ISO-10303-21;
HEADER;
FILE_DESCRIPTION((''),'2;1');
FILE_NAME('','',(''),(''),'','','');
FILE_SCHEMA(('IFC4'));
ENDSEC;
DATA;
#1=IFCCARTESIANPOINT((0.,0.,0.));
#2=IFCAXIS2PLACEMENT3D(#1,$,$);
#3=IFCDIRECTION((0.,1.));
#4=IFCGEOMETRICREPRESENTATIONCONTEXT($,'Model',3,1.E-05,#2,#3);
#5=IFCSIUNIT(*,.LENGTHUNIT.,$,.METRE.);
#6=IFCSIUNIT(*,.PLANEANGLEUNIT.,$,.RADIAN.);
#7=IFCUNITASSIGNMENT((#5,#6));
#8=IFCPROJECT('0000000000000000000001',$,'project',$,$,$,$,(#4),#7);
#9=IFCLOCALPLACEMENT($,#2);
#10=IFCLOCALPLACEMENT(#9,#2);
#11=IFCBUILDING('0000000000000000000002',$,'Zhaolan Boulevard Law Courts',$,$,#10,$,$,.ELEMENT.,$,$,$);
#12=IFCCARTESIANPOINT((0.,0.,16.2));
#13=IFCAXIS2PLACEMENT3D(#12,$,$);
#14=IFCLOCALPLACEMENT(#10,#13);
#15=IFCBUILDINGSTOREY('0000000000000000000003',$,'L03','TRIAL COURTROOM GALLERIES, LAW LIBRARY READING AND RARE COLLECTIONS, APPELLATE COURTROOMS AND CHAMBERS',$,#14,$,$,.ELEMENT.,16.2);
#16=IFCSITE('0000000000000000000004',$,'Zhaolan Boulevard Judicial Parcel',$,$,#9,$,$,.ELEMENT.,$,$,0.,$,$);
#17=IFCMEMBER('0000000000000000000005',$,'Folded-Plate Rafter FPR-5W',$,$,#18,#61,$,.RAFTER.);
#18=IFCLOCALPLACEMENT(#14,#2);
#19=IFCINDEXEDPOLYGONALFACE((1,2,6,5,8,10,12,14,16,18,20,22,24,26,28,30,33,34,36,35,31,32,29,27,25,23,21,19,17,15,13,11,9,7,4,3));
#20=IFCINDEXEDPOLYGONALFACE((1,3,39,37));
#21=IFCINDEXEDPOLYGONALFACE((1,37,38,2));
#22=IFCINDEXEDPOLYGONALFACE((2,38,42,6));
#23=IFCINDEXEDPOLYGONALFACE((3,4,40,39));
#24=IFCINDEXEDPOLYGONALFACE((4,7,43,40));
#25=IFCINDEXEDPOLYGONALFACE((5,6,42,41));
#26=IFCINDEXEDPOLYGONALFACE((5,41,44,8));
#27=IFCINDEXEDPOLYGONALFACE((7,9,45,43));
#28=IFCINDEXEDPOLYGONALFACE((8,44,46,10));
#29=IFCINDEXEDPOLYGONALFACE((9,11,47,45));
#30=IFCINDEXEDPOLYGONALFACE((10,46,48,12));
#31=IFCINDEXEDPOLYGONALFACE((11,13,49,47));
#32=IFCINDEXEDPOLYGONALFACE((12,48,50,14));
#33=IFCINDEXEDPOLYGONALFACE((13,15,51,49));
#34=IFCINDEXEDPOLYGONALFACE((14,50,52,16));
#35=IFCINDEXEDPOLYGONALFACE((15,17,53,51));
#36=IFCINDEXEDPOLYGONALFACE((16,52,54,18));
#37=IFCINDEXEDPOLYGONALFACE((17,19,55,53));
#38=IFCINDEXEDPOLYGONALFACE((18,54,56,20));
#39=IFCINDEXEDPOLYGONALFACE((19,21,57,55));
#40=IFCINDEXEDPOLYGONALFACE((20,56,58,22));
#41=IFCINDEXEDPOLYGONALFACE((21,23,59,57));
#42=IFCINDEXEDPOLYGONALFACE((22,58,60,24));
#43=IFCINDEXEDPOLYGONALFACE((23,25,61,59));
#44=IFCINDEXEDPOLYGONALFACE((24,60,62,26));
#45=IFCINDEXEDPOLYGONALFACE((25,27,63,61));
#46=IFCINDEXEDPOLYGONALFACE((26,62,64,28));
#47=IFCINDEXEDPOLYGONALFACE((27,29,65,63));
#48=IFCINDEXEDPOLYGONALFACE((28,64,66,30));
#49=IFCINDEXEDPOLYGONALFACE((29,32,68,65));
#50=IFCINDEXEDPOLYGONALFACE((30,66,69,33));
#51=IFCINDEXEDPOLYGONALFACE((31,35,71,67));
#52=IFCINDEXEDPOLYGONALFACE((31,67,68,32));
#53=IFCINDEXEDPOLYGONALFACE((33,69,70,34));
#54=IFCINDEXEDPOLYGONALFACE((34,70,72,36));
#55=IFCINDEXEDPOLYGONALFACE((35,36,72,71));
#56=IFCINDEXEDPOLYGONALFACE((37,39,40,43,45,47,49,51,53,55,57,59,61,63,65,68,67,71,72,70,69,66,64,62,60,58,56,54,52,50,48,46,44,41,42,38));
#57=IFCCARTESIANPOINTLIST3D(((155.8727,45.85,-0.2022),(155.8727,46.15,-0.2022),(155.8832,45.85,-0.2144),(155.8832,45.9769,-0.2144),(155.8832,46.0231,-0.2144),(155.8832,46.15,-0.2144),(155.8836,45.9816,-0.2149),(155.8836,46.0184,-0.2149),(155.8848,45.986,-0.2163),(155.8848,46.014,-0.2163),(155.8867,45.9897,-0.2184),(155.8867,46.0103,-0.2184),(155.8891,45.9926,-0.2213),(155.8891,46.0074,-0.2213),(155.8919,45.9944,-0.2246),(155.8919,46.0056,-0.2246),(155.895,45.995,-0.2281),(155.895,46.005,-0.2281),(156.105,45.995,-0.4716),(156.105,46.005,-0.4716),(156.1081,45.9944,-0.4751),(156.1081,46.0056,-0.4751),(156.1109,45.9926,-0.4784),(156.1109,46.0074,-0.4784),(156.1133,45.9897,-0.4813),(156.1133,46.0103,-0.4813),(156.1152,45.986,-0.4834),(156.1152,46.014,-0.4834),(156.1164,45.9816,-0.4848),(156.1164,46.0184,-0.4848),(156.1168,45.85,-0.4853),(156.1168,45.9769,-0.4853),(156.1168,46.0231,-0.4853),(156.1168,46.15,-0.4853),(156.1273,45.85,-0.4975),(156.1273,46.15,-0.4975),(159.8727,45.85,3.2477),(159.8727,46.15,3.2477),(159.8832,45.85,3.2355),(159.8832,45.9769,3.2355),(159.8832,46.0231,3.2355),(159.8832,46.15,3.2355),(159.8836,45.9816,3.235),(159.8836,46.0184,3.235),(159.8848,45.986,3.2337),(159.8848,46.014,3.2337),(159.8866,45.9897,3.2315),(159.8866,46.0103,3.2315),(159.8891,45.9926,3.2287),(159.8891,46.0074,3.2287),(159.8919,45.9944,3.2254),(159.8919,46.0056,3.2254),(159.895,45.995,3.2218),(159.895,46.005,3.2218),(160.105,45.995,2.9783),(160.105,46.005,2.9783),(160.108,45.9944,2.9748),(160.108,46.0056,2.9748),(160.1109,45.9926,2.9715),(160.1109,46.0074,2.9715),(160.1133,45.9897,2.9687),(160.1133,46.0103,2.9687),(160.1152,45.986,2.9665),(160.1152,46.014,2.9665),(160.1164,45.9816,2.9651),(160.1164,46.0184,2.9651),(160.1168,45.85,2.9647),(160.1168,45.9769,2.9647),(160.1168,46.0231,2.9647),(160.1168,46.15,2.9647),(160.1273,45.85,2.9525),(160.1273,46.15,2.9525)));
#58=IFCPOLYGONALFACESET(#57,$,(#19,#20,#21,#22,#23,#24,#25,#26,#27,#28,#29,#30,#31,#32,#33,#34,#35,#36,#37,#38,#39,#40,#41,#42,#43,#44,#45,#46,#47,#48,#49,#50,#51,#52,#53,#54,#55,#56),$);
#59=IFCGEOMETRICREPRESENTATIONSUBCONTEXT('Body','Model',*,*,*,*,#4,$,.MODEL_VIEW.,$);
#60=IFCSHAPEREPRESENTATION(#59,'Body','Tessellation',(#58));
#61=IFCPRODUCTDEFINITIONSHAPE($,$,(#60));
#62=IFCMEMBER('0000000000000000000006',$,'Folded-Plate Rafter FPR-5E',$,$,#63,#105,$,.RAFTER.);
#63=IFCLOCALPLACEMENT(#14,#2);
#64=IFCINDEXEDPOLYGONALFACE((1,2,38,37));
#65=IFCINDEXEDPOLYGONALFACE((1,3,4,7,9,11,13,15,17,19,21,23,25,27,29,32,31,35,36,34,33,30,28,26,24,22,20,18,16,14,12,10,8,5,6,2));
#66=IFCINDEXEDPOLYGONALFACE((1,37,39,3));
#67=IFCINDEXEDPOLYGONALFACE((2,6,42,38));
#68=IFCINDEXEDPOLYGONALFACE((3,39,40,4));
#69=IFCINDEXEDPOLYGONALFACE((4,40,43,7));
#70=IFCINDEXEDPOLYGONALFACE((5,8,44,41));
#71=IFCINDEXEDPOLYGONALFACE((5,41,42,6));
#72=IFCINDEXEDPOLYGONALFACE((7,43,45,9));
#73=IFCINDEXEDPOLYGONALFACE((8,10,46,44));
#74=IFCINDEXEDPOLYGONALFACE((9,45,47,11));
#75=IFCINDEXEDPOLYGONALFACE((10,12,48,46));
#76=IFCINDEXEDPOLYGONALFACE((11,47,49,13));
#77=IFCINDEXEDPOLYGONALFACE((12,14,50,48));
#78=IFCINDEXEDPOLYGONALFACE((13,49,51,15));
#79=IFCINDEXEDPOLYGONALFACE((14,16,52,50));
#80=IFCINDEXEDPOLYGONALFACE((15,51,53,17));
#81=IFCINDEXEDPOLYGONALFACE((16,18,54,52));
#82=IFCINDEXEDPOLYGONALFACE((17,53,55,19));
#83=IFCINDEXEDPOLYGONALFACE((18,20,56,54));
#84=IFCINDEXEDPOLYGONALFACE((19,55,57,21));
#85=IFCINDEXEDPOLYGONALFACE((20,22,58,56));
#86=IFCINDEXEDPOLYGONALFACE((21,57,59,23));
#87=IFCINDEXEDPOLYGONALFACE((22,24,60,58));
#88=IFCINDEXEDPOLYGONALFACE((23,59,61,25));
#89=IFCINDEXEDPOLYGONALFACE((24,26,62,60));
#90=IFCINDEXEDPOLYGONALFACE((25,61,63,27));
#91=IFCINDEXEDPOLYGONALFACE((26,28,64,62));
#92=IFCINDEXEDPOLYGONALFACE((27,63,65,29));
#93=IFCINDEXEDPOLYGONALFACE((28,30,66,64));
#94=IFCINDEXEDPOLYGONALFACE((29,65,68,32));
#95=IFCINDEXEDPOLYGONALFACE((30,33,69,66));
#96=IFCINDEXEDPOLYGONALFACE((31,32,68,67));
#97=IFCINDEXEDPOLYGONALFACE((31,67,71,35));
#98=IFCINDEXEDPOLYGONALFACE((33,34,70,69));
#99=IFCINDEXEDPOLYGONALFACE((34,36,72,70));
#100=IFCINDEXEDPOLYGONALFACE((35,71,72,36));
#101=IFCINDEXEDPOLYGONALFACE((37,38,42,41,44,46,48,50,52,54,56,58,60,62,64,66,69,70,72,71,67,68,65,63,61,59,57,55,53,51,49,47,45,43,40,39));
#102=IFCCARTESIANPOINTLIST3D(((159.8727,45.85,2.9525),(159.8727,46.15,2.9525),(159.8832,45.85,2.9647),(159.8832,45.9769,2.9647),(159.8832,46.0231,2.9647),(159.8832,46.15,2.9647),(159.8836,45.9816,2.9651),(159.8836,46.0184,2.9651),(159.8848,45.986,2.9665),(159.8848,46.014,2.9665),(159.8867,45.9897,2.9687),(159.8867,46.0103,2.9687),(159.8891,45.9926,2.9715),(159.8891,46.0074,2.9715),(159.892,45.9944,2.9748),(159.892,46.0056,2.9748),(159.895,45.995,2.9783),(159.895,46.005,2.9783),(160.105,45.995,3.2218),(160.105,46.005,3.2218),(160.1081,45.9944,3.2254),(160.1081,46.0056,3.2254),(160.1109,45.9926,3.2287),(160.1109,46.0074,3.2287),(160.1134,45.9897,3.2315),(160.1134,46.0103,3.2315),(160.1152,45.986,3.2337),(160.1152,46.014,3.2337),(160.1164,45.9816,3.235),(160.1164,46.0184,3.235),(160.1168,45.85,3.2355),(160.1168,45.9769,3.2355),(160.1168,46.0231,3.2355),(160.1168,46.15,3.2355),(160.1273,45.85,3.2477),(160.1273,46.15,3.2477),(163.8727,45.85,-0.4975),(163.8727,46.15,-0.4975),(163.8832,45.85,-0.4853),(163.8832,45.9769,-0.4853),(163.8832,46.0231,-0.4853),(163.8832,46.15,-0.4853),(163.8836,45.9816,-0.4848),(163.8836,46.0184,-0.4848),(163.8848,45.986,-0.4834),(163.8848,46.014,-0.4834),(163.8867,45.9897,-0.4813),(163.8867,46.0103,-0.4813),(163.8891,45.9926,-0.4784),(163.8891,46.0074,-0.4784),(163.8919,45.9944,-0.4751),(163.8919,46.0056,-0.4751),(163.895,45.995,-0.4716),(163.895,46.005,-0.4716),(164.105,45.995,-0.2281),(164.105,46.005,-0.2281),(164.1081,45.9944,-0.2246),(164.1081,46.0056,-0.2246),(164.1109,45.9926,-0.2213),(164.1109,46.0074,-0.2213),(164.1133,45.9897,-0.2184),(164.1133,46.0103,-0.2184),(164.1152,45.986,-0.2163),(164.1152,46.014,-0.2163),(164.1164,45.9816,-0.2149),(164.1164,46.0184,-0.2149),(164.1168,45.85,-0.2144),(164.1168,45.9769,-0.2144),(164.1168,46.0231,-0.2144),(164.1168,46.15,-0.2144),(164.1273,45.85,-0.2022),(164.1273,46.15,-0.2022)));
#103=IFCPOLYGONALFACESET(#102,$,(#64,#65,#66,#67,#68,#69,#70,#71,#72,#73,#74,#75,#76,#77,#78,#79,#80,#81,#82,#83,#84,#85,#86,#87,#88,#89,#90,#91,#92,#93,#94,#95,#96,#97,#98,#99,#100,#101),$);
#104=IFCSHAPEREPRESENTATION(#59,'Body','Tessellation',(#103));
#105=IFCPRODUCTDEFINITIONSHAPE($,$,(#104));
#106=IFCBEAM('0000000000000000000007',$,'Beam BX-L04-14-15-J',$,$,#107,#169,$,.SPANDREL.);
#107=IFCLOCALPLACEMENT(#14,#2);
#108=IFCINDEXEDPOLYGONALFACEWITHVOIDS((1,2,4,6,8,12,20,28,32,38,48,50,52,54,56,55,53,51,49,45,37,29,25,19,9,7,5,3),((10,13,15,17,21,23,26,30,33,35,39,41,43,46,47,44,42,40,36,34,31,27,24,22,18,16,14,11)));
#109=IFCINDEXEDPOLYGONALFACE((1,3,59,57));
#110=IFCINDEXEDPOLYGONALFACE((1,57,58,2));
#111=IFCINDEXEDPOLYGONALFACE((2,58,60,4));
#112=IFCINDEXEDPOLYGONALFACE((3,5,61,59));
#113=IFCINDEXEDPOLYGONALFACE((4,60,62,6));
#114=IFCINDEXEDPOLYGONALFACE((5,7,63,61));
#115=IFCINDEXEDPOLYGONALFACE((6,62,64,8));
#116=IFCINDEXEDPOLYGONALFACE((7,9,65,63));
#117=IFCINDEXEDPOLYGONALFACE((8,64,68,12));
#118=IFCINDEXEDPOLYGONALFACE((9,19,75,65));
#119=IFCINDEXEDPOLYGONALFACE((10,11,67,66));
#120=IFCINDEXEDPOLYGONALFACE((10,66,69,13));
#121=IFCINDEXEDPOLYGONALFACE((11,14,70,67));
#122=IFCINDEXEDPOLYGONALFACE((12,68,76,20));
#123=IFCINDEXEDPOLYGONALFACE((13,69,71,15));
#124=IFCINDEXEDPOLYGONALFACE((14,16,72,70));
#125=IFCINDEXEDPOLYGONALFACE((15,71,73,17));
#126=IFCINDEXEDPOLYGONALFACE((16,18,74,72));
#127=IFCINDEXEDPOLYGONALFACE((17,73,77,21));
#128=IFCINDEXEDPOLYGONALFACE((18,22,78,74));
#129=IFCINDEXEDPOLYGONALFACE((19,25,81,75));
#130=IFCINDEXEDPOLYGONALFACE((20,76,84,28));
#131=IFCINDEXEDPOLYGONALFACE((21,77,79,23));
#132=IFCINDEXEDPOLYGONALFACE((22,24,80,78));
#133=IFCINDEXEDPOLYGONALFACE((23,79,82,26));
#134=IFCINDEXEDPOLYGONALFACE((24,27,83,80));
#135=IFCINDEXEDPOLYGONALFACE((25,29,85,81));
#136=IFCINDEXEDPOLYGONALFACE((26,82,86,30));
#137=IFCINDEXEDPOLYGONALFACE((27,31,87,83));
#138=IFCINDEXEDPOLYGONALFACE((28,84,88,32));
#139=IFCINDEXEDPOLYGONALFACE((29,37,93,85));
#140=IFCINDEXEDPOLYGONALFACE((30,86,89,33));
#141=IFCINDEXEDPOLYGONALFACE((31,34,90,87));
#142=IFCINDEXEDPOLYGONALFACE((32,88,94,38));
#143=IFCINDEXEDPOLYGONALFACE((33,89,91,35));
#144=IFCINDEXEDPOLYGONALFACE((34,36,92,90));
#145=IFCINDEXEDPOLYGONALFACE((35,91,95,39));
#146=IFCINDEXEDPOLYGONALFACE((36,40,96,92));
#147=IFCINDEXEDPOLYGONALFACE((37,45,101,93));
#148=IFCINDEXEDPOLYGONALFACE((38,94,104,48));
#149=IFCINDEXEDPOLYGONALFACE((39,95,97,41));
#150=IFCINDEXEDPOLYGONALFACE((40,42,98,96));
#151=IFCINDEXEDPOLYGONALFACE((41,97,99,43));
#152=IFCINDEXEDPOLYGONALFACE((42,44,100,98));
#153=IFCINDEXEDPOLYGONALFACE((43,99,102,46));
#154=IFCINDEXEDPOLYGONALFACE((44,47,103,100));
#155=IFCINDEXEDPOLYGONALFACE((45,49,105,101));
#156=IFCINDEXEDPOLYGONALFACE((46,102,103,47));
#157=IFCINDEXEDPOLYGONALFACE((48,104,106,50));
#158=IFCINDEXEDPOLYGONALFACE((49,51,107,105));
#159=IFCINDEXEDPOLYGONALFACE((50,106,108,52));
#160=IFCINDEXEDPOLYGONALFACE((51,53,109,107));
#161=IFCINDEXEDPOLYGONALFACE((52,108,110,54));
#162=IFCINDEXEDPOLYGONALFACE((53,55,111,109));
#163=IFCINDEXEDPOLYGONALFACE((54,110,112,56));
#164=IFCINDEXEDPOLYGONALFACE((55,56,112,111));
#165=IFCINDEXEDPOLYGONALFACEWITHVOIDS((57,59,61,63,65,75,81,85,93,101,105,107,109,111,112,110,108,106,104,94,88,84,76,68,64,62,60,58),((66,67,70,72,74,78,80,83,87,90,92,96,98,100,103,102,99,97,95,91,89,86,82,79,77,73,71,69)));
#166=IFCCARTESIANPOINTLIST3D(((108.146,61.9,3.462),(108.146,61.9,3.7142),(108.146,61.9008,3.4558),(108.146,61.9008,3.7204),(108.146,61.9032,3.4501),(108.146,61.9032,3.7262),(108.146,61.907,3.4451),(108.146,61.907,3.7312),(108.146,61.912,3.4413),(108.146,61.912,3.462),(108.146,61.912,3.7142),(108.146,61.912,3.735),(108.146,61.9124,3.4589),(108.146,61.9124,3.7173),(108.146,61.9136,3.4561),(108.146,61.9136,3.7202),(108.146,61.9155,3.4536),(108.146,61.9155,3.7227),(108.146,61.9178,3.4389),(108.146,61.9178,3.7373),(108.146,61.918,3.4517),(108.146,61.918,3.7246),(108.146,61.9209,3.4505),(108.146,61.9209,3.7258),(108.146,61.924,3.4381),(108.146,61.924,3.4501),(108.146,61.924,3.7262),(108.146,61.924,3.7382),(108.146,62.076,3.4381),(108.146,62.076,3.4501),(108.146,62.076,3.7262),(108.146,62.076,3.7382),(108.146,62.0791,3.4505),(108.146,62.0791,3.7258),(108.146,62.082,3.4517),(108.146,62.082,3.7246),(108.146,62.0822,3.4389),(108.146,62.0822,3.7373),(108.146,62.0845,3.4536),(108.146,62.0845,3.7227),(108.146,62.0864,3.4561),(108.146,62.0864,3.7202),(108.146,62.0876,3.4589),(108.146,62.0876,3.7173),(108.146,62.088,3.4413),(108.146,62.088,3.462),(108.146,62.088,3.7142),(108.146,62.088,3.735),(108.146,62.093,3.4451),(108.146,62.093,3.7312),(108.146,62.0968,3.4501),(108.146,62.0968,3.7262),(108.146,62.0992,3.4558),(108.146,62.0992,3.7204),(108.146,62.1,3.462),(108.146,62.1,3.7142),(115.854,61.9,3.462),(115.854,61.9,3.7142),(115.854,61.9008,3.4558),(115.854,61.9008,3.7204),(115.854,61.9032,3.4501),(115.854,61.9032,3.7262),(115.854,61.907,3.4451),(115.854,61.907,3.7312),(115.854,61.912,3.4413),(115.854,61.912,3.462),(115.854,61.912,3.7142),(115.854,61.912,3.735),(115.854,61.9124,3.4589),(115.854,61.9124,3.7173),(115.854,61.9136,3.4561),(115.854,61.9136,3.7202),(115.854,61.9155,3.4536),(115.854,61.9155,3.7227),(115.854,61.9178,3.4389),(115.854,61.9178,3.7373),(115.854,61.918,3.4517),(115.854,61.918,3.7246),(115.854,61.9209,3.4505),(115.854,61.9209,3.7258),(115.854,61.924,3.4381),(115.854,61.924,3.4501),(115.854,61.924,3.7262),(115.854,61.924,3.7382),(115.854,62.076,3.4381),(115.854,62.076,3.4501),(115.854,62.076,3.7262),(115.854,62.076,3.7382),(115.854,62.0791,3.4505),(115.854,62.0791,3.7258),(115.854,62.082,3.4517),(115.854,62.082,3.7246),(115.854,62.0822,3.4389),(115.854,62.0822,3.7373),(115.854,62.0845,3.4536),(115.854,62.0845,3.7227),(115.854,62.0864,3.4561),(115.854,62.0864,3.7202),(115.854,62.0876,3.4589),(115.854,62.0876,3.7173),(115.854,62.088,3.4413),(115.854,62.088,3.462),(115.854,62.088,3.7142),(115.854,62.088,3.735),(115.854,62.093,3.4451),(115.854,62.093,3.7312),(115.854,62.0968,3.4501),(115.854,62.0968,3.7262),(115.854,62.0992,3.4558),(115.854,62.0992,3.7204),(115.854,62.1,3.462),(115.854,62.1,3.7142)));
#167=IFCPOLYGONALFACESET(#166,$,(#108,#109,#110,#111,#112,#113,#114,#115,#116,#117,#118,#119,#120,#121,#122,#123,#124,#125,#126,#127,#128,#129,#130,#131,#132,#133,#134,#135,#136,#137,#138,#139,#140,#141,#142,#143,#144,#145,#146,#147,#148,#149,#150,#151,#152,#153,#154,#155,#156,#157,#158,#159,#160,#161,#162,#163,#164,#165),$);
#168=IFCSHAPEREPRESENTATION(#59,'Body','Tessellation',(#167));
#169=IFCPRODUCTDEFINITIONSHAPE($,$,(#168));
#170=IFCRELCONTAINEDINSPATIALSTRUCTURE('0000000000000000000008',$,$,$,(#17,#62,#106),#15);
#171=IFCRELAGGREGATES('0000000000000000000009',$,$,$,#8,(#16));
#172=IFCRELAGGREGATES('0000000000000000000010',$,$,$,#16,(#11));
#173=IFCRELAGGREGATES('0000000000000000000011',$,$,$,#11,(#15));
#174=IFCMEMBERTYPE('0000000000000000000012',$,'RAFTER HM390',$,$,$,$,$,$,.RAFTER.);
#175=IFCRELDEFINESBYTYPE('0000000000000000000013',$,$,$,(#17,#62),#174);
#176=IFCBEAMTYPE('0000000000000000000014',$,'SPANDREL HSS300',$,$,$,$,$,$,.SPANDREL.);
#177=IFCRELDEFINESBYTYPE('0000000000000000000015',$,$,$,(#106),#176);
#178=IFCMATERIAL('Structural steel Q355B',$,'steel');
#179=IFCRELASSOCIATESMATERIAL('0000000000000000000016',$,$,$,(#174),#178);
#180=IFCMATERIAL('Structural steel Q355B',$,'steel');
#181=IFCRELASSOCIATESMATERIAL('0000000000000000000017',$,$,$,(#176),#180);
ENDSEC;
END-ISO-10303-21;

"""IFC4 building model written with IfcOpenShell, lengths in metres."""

from ifc_helpers import new_model, si_unit, direction, frame, origin, origin_2d, place, context, subcontext, project, spatial, hollow_rectangle, i_section, extrude, material, material_profile, profile_set, type_object, element, save


model = new_model("IFC4")

# Units and contexts
model_context = context("Model", 3, precision=1e-05, world=origin(), true_north=direction((0.0, 1.0)))
body_context = subcontext(model_context, "Body", "Model", "MODEL_VIEW")
ifc_project = project(units=[si_unit("LENGTHUNIT", "METRE"), si_unit("PLANEANGLEUNIT", "RADIAN")], contexts=[model_context])

# Site, building, storey
site_placement = place(None, origin())
site = spatial("IfcSite", under=ifc_project, at=site_placement, Name="Zhaolan Boulevard Judicial Parcel", CompositionType="ELEMENT", RefElevation=0.0)
building_placement = place(site_placement, origin())
building = spatial("IfcBuilding", under=site, at=building_placement, Name="Zhaolan Boulevard Law Courts", CompositionType="ELEMENT")
storey_placement = place(building_placement, frame((0.0, 0.0, 16.2)))
storey = spatial("IfcBuildingStorey", under=building, at=storey_placement, Name="L03", Description="TRIAL COURTROOM GALLERIES, LAW LIBRARY READING AND RARE COLLECTIONS, APPELLATE COURTROOMS AND CHAMBERS", CompositionType="ELEMENT", Elevation=16.2)

# Members
ifc_material_1 = material(Name="Structural steel Q355B", Category="steel")
ifc_material_profile_1 = material_profile(ifc_material_1, i_section(OverallWidth=0.3, OverallDepth=0.3899, WebThickness=0.01, FlangeThickness=0.0161, FilletRadius=0.0181, at=origin_2d()), Name="HM390x300")
ifc_profile_set_1 = profile_set([ifc_material_profile_1], Name="Structural steel Q355B")
member_type = type_object("IfcMemberType", Name="RAFTER HM390", PredefinedType="RAFTER", material=ifc_profile_set_1)
for number, where, z_axis, x_axis, name in (
    (1, (156.0, 46.0, -0.3499), (0.757253, 0.0, 0.653122), (0.0, 1.0, 0.0), "Folded-Plate Rafter FPR-5W"),
    (2, (164.0, 46.0, -0.3499), (-0.757253, 0.0, 0.653122), (0.0, -1.0, 0.0), "Folded-Plate Rafter FPR-5E"),
):
    element("IfcMember", number, at=place(storey_placement, frame(where, z_axis=z_axis, x_axis=x_axis)), inside=storey, type_object=member_type, Name=name, PredefinedType="RAFTER", context=body_context, shape_type="SweptSolid", body=[
        extrude(i_section(OverallWidth=0.3, OverallDepth=0.3899, WebThickness=0.01, FlangeThickness=0.0161, FilletRadius=0.0181, at=origin_2d()), origin(), (0.0, 0.0, 1.0), 5.2822),
    ])

# Beam
ifc_material_2 = material(Name="Structural steel Q355B", Category="steel")
ifc_material_profile_2 = material_profile(ifc_material_2, hollow_rectangle(XDim=0.2, YDim=0.3, WallThickness=0.012, InnerFilletRadius=0.012, OuterFilletRadius=0.0239, at=origin_2d()), Name="HSS300x200x12")
ifc_profile_set_2 = profile_set([ifc_material_profile_2], Name="Structural steel Q355B")
beam_type = type_object("IfcBeamType", Name="SPANDREL HSS300", PredefinedType="SPANDREL", material=ifc_profile_set_2)
for number, where, z_axis, x_axis, name in (
    (3, (108.146, 62.0, 3.5881), (1.0, 0.0, 0.0), (0.0, 1.0, 0.0), "Beam BX-L04-14-15-J"),
):
    element("IfcBeam", number, at=place(storey_placement, frame(where, z_axis=z_axis, x_axis=x_axis)), inside=storey, type_object=beam_type, Name=name, PredefinedType="SPANDREL", context=body_context, shape_type="SweptSolid", body=[
        extrude(hollow_rectangle(XDim=0.2, YDim=0.3, WallThickness=0.012, InnerFilletRadius=0.012, OuterFilletRadius=0.0239, at=origin_2d()), origin(), (0.0, 0.0, 1.0), 7.708),
    ])

save(model, "model.ifc")
